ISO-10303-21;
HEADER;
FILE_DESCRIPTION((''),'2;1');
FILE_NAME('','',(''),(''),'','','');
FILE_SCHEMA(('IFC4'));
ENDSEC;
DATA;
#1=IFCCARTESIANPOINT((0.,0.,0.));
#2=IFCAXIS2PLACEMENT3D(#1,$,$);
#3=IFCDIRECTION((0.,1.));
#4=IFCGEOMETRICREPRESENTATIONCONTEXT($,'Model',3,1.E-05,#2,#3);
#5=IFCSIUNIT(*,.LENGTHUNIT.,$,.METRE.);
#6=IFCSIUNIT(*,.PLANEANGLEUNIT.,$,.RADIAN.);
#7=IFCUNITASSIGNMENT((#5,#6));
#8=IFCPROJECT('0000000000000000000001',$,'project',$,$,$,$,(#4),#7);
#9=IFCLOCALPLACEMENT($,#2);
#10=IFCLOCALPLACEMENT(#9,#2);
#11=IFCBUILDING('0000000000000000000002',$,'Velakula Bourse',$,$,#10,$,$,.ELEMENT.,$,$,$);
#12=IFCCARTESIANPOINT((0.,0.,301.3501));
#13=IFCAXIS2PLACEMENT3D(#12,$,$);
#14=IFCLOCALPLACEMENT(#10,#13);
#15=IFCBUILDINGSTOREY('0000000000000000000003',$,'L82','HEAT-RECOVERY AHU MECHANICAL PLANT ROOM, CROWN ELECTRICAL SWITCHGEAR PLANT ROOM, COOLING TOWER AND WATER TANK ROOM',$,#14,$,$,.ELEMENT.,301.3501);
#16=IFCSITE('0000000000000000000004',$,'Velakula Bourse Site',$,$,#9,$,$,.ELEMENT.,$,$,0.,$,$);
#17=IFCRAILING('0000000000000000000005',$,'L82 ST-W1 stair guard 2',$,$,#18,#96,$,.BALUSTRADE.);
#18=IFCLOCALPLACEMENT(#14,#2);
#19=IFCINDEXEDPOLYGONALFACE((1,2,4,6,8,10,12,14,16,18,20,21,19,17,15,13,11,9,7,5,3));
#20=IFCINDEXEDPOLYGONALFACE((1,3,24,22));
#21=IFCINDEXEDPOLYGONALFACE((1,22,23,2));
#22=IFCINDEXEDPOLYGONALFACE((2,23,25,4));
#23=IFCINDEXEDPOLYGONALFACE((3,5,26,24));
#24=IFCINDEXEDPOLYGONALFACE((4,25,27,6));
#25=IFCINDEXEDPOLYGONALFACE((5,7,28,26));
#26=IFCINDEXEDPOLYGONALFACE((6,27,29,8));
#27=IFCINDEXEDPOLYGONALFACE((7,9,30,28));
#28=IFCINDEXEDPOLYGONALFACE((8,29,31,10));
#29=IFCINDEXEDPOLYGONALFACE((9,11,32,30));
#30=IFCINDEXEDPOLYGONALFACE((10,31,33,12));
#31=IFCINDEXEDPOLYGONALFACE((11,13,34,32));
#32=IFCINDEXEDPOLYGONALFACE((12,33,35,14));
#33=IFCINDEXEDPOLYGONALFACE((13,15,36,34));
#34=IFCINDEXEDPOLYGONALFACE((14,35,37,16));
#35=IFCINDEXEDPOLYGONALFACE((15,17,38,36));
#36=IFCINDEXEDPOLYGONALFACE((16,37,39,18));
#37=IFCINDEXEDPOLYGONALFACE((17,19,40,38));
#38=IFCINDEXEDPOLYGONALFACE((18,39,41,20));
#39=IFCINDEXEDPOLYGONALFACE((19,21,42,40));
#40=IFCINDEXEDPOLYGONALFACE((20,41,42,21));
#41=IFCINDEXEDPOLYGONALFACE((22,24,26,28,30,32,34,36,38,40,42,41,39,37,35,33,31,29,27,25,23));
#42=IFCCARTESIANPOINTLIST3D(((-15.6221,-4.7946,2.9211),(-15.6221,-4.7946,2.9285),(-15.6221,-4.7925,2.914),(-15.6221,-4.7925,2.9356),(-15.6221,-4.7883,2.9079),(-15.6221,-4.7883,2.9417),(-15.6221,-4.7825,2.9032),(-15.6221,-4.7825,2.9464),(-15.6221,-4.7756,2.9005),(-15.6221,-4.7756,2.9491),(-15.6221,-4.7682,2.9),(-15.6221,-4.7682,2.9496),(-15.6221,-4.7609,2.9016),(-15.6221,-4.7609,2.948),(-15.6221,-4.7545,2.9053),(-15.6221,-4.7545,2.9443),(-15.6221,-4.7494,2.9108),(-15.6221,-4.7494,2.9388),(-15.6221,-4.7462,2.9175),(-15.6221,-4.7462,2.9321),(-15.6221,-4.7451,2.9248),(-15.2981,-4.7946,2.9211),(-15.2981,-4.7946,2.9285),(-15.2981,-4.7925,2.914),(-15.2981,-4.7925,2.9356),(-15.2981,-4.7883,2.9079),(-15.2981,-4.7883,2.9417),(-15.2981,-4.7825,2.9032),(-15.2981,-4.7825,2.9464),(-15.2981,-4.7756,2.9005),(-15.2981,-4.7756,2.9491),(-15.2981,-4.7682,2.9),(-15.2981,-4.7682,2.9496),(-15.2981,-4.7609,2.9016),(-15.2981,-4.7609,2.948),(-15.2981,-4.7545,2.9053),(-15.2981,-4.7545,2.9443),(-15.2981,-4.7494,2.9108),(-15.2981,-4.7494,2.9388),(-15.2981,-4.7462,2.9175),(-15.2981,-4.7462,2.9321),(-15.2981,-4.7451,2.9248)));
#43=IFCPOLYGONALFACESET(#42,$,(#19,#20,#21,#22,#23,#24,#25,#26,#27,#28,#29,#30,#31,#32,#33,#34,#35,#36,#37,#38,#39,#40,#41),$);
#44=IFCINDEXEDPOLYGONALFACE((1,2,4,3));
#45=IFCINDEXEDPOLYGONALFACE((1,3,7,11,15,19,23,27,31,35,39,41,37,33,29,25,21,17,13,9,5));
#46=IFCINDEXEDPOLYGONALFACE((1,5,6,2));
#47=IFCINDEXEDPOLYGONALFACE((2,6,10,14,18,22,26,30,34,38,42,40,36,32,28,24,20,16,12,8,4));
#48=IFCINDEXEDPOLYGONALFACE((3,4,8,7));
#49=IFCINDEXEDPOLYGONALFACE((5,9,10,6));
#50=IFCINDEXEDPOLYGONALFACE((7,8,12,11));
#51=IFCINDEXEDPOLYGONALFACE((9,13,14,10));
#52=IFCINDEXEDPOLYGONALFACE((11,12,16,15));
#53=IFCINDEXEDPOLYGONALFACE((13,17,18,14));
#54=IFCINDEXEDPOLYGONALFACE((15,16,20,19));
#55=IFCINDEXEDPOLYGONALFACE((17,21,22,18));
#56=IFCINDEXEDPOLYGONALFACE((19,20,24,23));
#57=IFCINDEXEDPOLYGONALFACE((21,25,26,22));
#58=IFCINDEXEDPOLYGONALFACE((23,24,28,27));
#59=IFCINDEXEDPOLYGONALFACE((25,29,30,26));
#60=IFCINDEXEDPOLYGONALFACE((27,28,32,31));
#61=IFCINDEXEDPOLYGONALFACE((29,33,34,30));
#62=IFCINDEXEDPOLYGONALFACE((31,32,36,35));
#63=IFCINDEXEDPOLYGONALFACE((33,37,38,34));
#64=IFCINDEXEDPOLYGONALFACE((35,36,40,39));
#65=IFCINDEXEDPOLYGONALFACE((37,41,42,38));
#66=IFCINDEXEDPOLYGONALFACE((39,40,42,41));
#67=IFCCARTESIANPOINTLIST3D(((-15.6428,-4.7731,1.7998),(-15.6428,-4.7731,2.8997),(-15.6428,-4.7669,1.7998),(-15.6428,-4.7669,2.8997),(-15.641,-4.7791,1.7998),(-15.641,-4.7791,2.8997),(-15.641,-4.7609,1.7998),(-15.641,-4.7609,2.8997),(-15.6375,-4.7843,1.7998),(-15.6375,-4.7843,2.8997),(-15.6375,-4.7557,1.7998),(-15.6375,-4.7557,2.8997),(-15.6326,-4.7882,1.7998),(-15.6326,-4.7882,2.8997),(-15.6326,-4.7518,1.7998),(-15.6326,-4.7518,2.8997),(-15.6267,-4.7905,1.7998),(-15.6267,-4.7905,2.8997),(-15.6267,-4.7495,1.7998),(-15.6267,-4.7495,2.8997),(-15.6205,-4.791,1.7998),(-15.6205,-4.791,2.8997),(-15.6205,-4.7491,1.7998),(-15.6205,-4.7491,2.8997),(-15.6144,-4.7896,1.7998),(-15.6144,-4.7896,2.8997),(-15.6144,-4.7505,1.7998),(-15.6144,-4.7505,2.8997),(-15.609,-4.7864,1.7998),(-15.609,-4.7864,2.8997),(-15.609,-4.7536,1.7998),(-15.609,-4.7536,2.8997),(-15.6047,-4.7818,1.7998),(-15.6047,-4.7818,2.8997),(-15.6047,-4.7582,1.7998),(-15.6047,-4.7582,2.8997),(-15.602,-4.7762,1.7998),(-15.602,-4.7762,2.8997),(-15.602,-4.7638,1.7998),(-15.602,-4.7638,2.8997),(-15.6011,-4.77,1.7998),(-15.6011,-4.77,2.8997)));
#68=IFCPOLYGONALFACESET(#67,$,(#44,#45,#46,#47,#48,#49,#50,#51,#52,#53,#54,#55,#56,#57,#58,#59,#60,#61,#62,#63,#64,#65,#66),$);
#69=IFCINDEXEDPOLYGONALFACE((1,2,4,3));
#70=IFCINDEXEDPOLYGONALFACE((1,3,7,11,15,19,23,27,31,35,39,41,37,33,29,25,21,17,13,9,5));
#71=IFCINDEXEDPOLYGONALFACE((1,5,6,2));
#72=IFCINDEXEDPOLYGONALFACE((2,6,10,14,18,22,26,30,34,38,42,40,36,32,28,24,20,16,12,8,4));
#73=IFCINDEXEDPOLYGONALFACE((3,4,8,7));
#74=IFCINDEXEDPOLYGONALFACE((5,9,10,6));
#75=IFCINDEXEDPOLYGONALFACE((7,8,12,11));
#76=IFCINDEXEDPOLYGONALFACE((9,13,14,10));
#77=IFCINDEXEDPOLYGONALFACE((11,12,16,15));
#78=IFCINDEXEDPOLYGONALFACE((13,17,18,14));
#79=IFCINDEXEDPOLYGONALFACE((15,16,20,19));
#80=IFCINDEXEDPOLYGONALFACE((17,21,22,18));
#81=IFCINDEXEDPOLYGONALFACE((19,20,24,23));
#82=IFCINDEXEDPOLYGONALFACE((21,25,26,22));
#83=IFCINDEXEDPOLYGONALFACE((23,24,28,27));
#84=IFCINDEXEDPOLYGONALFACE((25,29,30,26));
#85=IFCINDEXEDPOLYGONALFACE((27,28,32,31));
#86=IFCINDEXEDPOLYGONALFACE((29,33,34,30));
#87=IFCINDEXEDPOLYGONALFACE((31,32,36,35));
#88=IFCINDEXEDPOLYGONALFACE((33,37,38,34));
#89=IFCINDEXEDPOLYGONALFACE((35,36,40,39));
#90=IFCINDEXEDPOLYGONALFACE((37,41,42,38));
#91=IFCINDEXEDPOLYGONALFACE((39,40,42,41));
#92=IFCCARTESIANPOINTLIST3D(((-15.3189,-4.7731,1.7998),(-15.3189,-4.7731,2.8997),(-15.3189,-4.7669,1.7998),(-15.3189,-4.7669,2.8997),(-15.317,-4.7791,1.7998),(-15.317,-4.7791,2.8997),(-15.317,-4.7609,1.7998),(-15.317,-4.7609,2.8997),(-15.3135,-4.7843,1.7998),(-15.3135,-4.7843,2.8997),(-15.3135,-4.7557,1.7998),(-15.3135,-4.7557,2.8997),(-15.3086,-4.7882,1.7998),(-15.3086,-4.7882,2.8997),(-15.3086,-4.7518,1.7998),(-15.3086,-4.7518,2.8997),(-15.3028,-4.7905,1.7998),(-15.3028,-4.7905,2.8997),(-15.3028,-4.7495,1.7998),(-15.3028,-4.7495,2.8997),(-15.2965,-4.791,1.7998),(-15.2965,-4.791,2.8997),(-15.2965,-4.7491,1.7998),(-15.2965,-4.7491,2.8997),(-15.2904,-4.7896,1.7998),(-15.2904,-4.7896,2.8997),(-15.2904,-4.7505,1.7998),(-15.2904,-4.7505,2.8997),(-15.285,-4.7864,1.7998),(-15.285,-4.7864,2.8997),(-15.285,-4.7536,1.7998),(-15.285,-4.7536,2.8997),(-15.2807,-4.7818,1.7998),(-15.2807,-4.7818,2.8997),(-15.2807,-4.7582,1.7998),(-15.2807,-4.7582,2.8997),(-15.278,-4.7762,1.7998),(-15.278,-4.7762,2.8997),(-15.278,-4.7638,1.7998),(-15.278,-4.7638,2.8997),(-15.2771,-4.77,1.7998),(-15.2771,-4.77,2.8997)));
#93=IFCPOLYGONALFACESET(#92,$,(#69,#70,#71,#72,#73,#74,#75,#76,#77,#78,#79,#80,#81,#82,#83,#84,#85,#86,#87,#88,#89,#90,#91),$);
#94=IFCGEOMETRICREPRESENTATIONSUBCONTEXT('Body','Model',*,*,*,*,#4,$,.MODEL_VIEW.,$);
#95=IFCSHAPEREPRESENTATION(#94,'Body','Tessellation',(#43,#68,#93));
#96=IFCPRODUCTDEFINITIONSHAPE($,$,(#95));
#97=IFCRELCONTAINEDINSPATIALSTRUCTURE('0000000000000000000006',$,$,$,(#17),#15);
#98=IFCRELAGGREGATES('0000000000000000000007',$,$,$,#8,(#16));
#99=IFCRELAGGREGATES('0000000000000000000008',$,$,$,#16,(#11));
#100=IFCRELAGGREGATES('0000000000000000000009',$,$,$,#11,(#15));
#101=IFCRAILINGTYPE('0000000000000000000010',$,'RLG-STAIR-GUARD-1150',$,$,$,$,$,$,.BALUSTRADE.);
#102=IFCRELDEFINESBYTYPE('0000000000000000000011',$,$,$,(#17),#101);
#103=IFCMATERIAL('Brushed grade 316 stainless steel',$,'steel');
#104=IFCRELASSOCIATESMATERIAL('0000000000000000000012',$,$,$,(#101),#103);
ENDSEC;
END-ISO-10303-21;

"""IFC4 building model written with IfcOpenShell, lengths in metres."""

from ifc_helpers import new_model, si_unit, direction, frame, origin, origin_2d, place, context, subcontext, project, spatial, circle, extrude, material, type_object, element, save


model = new_model("IFC4")

# Units and contexts
model_context = context("Model", 3, precision=1e-05, world=origin(), true_north=direction((0.0, 1.0)))
body_context = subcontext(model_context, "Body", "Model", "MODEL_VIEW")
ifc_project = project(units=[si_unit("LENGTHUNIT", "METRE"), si_unit("PLANEANGLEUNIT", "RADIAN")], contexts=[model_context])

# Site, building, storey
site_placement = place(None, origin())
site = spatial("IfcSite", under=ifc_project, at=site_placement, Name="Velakula Bourse Site", CompositionType="ELEMENT", RefElevation=0.0)
building_placement = place(site_placement, origin())
building = spatial("IfcBuilding", under=site, at=building_placement, Name="Velakula Bourse", CompositionType="ELEMENT")
storey_placement = place(building_placement, frame((0.0, 0.0, 301.3501)))
storey = spatial("IfcBuildingStorey", under=building, at=storey_placement, Name="L82", Description="HEAT-RECOVERY AHU MECHANICAL PLANT ROOM, CROWN ELECTRICAL SWITCHGEAR PLANT ROOM, COOLING TOWER AND WATER TANK ROOM", CompositionType="ELEMENT", Elevation=301.3501)

# Shared definitions
ifc_material_1 = material(Name="Brushed grade 316 stainless steel", Category="steel")

# Railing
railing_type_1 = type_object("IfcRailingType", Name="RLG-STAIR-GUARD-1150", PredefinedType="BALUSTRADE", material=ifc_material_1)
railing_1_placement = place(storey_placement, frame((-15.6221, -4.77, 1.7998)))
element("IfcRailing", 1, at=railing_1_placement, inside=storey, type_object=railing_type_1, Name="L82 ST-W1 stair guard 2", PredefinedType="BALUSTRADE", context=body_context, shape_type="SweptSolid", body=[
    extrude(circle(Radius=0.0249, at=origin_2d()), frame((0.0, 0.0, 1.125), z_axis=(1.0, 0.0, 0.0), x_axis=(0.0, 1.0, 0.0)), (0.0, 0.0, 1.0), 0.324),
    extrude(circle(Radius=0.021, at=origin_2d()), origin(), (0.0, 0.0, 1.0), 1.0999),
    extrude(circle(Radius=0.021, at=origin_2d()), frame((0.324, 0.0, 0.0)), (0.0, 0.0, 1.0), 1.0999),
])

save(model, "model.ifc")
